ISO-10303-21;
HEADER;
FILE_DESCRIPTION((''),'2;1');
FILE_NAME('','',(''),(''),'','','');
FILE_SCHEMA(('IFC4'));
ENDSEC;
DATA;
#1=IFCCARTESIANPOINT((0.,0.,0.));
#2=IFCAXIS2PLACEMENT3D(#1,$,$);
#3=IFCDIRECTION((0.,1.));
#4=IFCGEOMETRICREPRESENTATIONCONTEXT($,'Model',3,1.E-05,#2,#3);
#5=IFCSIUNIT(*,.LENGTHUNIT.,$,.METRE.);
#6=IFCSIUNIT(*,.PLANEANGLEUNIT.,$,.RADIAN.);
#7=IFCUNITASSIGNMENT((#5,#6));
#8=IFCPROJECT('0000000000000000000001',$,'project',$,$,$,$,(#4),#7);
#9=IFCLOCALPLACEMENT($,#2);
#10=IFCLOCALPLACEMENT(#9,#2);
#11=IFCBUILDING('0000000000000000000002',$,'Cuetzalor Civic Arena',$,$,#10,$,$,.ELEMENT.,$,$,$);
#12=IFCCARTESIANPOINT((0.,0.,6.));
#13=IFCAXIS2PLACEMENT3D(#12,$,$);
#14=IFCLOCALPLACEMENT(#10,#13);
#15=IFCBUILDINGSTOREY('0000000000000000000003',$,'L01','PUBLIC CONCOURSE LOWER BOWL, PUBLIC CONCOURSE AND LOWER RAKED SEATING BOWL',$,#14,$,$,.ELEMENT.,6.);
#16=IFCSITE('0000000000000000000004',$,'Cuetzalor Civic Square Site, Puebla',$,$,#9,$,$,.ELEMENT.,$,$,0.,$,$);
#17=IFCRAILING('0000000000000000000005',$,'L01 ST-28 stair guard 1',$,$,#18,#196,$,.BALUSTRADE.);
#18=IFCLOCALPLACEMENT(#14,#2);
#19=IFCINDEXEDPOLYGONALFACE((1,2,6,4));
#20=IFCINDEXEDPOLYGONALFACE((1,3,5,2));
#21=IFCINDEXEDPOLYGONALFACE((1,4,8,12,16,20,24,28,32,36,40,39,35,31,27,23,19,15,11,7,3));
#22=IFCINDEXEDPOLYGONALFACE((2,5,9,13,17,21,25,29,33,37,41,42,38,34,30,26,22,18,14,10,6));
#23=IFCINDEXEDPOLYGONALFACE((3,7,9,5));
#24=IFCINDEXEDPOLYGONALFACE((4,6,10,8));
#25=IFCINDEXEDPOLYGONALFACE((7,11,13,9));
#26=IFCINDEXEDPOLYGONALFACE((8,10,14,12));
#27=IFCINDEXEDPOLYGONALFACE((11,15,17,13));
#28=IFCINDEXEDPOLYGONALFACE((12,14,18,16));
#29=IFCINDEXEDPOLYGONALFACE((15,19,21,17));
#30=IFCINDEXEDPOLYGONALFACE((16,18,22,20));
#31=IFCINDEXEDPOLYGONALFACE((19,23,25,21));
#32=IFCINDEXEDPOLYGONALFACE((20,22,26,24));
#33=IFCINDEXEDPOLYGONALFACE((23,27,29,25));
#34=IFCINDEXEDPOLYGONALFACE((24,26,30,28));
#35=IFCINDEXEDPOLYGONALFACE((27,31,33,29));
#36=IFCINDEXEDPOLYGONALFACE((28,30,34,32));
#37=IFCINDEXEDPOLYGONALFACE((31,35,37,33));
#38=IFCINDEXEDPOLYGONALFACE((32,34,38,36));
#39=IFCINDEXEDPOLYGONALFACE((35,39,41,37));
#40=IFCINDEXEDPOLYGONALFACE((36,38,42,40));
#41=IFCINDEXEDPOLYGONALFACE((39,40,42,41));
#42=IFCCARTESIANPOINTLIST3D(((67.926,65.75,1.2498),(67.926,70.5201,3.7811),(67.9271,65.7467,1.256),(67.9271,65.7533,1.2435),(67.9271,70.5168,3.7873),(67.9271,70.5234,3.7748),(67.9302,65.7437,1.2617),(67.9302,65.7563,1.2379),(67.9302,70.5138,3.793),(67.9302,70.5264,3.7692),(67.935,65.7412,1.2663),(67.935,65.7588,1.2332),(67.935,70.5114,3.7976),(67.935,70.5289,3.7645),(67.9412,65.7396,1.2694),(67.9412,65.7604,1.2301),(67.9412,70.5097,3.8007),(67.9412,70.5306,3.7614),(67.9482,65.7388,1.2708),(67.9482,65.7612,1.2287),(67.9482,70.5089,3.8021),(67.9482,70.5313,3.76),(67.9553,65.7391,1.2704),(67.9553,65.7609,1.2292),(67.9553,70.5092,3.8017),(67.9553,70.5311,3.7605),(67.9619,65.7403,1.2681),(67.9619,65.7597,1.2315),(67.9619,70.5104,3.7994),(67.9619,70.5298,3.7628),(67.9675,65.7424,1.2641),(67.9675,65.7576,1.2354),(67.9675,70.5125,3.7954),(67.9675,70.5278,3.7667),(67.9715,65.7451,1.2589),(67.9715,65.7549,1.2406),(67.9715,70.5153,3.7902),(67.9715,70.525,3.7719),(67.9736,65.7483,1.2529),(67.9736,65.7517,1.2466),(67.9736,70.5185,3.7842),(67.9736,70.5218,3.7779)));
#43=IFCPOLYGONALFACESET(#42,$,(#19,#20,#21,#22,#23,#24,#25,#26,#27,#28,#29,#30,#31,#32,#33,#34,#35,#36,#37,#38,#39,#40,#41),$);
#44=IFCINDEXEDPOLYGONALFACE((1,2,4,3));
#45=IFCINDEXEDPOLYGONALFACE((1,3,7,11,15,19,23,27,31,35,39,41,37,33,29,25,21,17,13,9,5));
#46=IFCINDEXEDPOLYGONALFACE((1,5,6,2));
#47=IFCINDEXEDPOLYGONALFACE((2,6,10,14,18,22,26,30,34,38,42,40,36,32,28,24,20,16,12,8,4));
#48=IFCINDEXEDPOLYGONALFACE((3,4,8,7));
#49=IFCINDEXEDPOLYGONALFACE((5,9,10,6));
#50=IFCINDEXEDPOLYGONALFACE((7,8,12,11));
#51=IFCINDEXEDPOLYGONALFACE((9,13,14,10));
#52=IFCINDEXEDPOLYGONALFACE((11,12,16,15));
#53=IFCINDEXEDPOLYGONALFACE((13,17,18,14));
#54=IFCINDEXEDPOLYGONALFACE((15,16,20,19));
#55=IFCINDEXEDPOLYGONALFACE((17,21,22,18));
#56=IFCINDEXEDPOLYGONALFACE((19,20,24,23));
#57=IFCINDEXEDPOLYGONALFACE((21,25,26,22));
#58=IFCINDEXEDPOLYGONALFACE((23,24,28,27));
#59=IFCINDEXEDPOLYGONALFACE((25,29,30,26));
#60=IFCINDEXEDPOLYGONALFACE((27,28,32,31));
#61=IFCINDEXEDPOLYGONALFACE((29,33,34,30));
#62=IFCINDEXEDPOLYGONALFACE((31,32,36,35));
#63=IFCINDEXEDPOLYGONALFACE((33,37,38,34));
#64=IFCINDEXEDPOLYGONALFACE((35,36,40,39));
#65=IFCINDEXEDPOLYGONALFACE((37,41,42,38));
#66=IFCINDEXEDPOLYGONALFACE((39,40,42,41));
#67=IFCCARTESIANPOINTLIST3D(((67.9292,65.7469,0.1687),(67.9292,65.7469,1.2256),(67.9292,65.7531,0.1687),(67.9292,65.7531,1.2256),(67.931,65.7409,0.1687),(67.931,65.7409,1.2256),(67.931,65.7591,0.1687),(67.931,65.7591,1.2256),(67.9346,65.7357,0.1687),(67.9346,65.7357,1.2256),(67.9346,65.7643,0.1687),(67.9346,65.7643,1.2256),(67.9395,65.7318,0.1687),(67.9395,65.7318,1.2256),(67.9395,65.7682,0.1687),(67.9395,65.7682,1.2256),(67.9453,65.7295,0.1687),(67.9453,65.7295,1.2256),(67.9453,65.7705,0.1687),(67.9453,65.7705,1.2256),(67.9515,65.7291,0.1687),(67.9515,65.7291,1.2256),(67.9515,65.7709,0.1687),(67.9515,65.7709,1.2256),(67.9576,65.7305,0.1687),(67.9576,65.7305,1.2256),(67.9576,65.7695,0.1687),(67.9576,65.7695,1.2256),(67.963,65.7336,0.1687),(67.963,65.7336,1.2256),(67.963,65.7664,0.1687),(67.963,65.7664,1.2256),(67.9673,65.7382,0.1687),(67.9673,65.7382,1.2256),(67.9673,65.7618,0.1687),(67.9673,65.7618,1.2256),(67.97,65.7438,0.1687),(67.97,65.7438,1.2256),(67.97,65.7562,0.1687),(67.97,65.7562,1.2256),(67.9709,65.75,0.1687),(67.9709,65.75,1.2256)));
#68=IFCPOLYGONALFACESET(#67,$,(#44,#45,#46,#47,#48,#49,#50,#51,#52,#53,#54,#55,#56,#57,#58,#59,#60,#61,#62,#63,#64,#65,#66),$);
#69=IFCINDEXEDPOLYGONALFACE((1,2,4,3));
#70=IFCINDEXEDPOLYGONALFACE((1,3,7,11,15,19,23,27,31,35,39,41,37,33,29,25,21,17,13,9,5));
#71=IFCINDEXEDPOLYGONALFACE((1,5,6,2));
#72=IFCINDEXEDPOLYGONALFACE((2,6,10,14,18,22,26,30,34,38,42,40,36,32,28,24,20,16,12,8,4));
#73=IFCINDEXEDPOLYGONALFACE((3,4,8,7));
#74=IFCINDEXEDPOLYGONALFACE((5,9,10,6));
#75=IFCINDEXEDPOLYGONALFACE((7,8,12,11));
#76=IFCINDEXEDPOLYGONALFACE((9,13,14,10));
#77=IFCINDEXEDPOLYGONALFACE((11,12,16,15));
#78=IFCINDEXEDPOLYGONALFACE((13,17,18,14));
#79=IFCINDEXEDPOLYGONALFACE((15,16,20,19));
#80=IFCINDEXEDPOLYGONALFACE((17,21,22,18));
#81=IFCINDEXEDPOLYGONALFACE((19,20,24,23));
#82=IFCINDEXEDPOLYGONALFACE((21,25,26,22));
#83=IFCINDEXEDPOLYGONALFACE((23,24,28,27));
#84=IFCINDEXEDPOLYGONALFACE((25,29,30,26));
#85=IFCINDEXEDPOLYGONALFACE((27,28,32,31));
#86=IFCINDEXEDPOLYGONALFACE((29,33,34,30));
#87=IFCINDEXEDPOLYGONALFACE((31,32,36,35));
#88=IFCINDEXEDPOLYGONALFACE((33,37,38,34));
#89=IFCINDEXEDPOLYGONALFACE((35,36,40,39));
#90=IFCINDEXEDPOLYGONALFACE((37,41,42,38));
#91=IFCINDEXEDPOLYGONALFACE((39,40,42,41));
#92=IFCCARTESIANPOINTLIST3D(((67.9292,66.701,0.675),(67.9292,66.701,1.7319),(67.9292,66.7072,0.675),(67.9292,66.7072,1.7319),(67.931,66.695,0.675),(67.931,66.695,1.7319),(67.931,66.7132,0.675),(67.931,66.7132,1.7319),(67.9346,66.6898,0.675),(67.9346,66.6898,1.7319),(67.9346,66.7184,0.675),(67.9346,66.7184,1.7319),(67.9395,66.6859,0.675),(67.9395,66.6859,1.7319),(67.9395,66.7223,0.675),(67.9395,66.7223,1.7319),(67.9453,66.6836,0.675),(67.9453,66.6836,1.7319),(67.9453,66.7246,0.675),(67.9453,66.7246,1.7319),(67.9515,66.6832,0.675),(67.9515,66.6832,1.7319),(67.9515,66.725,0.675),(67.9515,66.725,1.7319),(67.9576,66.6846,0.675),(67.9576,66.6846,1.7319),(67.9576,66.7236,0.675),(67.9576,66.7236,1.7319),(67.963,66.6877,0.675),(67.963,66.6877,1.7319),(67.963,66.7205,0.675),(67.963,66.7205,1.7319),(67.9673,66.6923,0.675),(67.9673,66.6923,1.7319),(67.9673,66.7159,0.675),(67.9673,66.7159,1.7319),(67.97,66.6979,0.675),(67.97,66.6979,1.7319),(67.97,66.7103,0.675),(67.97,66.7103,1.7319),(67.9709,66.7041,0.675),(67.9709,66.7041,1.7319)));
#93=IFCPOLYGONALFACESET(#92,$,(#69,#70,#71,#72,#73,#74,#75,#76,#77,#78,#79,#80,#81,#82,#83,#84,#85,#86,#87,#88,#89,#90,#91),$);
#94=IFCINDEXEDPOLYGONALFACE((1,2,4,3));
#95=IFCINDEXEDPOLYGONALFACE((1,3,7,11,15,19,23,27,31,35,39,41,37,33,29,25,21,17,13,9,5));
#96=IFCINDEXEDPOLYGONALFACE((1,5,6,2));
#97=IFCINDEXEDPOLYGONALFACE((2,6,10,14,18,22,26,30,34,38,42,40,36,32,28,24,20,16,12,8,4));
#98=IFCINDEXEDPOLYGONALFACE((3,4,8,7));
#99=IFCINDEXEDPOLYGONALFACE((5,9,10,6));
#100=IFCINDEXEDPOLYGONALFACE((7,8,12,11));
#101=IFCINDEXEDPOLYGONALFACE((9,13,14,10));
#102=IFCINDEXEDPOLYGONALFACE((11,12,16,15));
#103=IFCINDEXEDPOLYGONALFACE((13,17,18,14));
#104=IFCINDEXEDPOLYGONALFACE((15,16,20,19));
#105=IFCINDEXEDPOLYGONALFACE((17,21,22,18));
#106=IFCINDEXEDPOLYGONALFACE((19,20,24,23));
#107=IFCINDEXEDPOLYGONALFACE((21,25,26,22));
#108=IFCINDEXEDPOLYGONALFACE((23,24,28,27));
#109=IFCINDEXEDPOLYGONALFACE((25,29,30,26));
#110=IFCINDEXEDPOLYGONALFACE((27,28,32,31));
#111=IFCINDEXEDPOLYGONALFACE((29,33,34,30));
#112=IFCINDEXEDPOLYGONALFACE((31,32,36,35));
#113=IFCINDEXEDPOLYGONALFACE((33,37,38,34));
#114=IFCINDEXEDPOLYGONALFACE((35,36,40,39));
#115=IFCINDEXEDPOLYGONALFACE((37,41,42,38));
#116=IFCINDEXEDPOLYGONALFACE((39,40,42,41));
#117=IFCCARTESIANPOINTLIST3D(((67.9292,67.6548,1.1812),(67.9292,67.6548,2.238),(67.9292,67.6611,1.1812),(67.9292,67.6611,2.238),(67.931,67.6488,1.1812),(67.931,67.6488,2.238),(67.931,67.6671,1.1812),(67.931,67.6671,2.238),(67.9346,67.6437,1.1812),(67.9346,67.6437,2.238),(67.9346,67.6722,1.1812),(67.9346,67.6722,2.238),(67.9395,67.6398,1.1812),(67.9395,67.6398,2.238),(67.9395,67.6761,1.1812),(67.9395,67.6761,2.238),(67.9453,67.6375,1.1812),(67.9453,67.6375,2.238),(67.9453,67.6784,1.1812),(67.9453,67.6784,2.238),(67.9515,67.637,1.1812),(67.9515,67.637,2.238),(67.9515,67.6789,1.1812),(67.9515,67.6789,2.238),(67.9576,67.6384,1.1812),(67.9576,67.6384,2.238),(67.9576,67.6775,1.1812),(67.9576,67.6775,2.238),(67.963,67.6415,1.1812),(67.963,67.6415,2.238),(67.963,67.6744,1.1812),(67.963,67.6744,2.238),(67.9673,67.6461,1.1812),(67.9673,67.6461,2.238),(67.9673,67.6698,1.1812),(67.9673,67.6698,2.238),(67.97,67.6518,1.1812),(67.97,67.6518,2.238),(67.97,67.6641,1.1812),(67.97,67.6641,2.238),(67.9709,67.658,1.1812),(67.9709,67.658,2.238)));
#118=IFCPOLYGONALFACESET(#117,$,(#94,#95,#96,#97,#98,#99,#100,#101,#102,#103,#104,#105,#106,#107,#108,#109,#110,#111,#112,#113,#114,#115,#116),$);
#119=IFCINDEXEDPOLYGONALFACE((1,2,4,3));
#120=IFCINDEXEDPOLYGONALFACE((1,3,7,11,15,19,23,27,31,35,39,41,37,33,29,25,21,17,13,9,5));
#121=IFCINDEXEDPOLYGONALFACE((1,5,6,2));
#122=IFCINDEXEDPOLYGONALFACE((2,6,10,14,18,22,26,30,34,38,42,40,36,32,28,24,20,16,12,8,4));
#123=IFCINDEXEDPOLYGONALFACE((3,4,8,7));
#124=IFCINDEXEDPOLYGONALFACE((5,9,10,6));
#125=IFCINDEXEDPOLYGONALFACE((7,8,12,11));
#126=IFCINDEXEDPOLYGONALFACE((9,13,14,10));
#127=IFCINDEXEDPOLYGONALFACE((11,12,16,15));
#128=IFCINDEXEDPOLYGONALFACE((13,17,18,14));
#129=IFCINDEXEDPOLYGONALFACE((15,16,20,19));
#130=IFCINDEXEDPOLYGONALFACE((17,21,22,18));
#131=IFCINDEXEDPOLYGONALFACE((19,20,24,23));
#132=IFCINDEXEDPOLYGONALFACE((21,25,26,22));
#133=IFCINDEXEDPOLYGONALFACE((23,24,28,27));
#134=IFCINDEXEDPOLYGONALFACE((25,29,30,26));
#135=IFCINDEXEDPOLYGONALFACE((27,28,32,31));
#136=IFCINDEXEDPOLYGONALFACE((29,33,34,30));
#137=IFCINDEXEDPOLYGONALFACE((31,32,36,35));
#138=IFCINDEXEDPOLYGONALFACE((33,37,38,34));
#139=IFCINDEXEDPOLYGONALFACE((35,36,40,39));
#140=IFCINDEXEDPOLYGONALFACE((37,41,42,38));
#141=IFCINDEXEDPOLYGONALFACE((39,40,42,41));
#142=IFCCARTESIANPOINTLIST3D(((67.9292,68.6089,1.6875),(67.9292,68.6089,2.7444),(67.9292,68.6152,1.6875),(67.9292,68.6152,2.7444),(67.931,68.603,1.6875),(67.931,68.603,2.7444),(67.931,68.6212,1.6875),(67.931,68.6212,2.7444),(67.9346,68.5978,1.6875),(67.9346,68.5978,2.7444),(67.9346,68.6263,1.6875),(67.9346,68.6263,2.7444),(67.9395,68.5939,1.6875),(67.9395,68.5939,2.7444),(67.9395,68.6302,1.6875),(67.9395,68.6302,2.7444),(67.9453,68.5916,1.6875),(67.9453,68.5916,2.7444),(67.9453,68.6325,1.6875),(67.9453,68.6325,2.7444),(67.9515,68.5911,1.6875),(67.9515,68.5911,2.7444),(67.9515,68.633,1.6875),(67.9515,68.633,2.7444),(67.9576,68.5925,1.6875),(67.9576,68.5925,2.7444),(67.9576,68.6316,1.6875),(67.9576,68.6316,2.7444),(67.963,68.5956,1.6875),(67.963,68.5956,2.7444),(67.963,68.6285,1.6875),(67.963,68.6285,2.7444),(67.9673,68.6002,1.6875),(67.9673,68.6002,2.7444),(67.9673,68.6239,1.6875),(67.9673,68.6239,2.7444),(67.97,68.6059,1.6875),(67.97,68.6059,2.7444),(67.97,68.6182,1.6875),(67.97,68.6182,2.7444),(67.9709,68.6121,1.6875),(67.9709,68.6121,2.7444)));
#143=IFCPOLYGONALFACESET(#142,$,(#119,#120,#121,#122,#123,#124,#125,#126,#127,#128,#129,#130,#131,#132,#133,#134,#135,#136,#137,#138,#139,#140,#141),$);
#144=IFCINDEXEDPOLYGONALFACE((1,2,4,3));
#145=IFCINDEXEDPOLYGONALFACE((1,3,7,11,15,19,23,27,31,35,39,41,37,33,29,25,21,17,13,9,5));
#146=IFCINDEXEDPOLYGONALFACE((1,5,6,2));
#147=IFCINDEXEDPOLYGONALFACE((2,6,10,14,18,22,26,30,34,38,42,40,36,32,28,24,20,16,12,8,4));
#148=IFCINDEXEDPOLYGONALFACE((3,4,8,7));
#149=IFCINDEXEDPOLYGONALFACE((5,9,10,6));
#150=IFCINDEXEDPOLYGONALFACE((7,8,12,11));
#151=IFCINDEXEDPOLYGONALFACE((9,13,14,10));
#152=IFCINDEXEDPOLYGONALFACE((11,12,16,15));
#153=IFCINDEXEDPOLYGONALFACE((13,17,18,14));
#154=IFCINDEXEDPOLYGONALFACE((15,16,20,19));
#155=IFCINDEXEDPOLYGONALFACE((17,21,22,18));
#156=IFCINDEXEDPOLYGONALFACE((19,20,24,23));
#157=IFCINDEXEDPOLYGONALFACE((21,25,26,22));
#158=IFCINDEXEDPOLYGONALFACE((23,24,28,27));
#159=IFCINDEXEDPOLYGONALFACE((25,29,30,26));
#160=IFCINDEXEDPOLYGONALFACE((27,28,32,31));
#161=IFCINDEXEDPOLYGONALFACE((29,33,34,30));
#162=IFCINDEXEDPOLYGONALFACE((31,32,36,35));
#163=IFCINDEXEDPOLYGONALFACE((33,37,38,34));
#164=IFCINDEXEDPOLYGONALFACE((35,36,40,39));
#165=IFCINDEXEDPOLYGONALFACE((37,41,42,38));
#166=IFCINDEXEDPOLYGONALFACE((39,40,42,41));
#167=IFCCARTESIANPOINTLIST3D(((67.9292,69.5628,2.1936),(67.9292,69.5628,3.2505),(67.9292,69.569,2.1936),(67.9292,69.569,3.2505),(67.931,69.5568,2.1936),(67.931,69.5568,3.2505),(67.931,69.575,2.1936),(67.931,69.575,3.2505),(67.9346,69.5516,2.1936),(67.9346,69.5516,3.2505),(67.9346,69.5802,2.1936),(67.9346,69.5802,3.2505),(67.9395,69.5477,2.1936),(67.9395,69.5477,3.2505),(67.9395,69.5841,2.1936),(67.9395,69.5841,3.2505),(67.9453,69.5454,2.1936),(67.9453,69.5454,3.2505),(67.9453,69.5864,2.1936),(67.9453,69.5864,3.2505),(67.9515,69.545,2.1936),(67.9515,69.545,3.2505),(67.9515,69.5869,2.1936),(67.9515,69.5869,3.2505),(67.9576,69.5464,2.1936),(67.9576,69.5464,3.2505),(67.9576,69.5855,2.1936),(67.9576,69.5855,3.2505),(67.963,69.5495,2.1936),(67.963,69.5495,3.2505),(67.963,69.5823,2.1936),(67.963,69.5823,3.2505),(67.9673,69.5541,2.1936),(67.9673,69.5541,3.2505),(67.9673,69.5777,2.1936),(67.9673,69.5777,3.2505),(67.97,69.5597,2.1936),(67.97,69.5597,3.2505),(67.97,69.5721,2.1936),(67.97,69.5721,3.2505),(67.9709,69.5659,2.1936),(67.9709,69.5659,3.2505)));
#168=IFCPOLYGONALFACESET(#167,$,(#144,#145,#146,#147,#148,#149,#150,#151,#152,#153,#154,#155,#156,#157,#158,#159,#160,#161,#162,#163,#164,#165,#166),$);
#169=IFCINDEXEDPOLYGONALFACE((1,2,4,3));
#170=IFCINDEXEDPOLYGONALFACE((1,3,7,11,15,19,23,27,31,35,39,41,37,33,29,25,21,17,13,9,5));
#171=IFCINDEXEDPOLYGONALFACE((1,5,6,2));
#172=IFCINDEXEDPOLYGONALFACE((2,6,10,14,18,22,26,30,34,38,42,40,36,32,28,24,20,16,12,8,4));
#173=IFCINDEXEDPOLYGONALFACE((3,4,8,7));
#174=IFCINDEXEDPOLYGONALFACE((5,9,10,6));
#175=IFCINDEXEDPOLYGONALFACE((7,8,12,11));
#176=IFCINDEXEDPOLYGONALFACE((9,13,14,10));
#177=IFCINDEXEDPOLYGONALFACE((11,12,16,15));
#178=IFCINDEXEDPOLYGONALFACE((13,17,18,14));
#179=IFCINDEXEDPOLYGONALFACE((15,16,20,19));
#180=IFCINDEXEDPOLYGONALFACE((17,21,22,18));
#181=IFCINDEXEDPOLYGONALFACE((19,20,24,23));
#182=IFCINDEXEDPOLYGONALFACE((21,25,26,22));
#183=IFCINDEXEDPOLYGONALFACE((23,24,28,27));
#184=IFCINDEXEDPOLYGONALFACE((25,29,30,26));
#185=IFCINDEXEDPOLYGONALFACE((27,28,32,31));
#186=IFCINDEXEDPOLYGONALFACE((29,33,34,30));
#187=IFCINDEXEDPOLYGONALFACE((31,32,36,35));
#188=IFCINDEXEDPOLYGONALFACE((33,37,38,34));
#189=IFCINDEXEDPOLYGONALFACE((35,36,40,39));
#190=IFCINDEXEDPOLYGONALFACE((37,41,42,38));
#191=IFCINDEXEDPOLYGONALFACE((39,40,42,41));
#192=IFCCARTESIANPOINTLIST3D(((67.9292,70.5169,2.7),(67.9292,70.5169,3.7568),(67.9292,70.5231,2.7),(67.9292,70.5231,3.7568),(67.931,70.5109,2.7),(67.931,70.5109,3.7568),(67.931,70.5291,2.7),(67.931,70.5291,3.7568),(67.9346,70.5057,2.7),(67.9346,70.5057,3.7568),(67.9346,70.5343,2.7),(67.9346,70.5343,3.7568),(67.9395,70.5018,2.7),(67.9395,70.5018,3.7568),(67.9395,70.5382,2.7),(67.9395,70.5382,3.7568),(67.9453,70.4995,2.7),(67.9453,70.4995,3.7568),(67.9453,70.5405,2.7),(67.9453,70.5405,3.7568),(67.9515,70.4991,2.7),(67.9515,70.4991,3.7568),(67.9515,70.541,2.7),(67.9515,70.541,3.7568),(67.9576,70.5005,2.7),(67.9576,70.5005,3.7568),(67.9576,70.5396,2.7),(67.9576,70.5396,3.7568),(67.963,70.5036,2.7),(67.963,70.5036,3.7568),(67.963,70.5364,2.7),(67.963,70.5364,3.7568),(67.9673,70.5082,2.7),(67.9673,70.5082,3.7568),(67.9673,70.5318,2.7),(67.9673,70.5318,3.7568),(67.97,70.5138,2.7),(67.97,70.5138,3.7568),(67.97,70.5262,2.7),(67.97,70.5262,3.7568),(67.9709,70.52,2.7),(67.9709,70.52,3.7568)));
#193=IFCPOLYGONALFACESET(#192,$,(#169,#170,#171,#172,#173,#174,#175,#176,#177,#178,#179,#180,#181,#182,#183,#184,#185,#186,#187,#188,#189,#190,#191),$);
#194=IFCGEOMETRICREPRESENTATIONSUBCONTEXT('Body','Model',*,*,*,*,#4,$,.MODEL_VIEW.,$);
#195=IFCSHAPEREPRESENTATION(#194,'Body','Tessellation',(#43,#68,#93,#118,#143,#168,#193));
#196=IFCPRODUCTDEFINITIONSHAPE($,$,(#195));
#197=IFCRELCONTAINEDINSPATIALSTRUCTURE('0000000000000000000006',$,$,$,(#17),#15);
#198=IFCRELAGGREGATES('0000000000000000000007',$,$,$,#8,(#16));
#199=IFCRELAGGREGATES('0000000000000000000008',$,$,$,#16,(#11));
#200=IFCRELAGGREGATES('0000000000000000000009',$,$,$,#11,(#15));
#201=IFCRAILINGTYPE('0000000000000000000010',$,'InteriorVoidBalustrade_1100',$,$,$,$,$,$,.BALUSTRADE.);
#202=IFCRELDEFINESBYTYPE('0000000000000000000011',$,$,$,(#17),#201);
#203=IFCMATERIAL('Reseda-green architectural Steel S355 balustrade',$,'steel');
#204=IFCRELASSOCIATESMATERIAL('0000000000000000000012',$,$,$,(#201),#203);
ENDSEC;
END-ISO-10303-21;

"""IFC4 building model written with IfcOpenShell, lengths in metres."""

from ifc_helpers import new_model, si_unit, direction, frame, origin, origin_2d, place, context, subcontext, project, spatial, circle, extrude, material, type_object, element, save


model = new_model("IFC4")

# Units and contexts
model_context = context("Model", 3, precision=1e-05, world=origin(), true_north=direction((0.0, 1.0)))
body_context = subcontext(model_context, "Body", "Model", "MODEL_VIEW")
ifc_project = project(units=[si_unit("LENGTHUNIT", "METRE"), si_unit("PLANEANGLEUNIT", "RADIAN")], contexts=[model_context])

# Site, building, storey
site_placement = place(None, origin())
site = spatial("IfcSite", under=ifc_project, at=site_placement, Name="Cuetzalor Civic Square Site, Puebla", CompositionType="ELEMENT", RefElevation=0.0)
building_placement = place(site_placement, origin())
building = spatial("IfcBuilding", under=site, at=building_placement, Name="Cuetzalor Civic Arena", CompositionType="ELEMENT")
storey_placement = place(building_placement, frame((0.0, 0.0, 6.0)))
storey = spatial("IfcBuildingStorey", under=building, at=storey_placement, Name="L01", Description="PUBLIC CONCOURSE LOWER BOWL, PUBLIC CONCOURSE AND LOWER RAKED SEATING BOWL", CompositionType="ELEMENT", Elevation=6.0)

# Railing
ifc_material_1 = material(Name="Reseda-green architectural Steel S355 balustrade", Category="steel")
railing_type_1 = type_object("IfcRailingType", Name="InteriorVoidBalustrade_1100", PredefinedType="BALUSTRADE", material=ifc_material_1)
railing_1_placement = place(storey_placement, frame((67.95, 65.75, 0.1687)))
element("IfcRailing", 1, at=railing_1_placement, inside=storey, type_object=railing_type_1, Name="L01 ST-28 stair guard 1", PredefinedType="BALUSTRADE", context=body_context, shape_type="SweptSolid", body=[
    extrude(circle(Radius=0.0239, at=origin_2d()), frame((0.0, 0.0, 1.0811), z_axis=(0.0, 0.883332, 0.468747), x_axis=(-1.0, 0.0, 0.0)), (0.0, 0.0, 1.0), 5.4001),
    extrude(circle(Radius=0.021, at=origin_2d()), origin(), (0.0, 0.0, 1.0), 1.0569),
    extrude(circle(Radius=0.021, at=origin_2d()), frame((0.0, 0.9541, 0.5063)), (0.0, 0.0, 1.0), 1.0569),
    extrude(circle(Radius=0.021, at=origin_2d()), frame((0.0, 1.908, 1.0125)), (0.0, 0.0, 1.0), 1.0569),
    extrude(circle(Radius=0.021, at=origin_2d()), frame((0.0, 2.8621, 1.5188)), (0.0, 0.0, 1.0), 1.0569),
    extrude(circle(Radius=0.021, at=origin_2d()), frame((0.0, 3.8159, 2.0249)), (0.0, 0.0, 1.0), 1.0569),
    extrude(circle(Radius=0.021, at=origin_2d()), frame((0.0, 4.77, 2.5312)), (0.0, 0.0, 1.0), 1.0569),
])

save(model, "model.ifc")
